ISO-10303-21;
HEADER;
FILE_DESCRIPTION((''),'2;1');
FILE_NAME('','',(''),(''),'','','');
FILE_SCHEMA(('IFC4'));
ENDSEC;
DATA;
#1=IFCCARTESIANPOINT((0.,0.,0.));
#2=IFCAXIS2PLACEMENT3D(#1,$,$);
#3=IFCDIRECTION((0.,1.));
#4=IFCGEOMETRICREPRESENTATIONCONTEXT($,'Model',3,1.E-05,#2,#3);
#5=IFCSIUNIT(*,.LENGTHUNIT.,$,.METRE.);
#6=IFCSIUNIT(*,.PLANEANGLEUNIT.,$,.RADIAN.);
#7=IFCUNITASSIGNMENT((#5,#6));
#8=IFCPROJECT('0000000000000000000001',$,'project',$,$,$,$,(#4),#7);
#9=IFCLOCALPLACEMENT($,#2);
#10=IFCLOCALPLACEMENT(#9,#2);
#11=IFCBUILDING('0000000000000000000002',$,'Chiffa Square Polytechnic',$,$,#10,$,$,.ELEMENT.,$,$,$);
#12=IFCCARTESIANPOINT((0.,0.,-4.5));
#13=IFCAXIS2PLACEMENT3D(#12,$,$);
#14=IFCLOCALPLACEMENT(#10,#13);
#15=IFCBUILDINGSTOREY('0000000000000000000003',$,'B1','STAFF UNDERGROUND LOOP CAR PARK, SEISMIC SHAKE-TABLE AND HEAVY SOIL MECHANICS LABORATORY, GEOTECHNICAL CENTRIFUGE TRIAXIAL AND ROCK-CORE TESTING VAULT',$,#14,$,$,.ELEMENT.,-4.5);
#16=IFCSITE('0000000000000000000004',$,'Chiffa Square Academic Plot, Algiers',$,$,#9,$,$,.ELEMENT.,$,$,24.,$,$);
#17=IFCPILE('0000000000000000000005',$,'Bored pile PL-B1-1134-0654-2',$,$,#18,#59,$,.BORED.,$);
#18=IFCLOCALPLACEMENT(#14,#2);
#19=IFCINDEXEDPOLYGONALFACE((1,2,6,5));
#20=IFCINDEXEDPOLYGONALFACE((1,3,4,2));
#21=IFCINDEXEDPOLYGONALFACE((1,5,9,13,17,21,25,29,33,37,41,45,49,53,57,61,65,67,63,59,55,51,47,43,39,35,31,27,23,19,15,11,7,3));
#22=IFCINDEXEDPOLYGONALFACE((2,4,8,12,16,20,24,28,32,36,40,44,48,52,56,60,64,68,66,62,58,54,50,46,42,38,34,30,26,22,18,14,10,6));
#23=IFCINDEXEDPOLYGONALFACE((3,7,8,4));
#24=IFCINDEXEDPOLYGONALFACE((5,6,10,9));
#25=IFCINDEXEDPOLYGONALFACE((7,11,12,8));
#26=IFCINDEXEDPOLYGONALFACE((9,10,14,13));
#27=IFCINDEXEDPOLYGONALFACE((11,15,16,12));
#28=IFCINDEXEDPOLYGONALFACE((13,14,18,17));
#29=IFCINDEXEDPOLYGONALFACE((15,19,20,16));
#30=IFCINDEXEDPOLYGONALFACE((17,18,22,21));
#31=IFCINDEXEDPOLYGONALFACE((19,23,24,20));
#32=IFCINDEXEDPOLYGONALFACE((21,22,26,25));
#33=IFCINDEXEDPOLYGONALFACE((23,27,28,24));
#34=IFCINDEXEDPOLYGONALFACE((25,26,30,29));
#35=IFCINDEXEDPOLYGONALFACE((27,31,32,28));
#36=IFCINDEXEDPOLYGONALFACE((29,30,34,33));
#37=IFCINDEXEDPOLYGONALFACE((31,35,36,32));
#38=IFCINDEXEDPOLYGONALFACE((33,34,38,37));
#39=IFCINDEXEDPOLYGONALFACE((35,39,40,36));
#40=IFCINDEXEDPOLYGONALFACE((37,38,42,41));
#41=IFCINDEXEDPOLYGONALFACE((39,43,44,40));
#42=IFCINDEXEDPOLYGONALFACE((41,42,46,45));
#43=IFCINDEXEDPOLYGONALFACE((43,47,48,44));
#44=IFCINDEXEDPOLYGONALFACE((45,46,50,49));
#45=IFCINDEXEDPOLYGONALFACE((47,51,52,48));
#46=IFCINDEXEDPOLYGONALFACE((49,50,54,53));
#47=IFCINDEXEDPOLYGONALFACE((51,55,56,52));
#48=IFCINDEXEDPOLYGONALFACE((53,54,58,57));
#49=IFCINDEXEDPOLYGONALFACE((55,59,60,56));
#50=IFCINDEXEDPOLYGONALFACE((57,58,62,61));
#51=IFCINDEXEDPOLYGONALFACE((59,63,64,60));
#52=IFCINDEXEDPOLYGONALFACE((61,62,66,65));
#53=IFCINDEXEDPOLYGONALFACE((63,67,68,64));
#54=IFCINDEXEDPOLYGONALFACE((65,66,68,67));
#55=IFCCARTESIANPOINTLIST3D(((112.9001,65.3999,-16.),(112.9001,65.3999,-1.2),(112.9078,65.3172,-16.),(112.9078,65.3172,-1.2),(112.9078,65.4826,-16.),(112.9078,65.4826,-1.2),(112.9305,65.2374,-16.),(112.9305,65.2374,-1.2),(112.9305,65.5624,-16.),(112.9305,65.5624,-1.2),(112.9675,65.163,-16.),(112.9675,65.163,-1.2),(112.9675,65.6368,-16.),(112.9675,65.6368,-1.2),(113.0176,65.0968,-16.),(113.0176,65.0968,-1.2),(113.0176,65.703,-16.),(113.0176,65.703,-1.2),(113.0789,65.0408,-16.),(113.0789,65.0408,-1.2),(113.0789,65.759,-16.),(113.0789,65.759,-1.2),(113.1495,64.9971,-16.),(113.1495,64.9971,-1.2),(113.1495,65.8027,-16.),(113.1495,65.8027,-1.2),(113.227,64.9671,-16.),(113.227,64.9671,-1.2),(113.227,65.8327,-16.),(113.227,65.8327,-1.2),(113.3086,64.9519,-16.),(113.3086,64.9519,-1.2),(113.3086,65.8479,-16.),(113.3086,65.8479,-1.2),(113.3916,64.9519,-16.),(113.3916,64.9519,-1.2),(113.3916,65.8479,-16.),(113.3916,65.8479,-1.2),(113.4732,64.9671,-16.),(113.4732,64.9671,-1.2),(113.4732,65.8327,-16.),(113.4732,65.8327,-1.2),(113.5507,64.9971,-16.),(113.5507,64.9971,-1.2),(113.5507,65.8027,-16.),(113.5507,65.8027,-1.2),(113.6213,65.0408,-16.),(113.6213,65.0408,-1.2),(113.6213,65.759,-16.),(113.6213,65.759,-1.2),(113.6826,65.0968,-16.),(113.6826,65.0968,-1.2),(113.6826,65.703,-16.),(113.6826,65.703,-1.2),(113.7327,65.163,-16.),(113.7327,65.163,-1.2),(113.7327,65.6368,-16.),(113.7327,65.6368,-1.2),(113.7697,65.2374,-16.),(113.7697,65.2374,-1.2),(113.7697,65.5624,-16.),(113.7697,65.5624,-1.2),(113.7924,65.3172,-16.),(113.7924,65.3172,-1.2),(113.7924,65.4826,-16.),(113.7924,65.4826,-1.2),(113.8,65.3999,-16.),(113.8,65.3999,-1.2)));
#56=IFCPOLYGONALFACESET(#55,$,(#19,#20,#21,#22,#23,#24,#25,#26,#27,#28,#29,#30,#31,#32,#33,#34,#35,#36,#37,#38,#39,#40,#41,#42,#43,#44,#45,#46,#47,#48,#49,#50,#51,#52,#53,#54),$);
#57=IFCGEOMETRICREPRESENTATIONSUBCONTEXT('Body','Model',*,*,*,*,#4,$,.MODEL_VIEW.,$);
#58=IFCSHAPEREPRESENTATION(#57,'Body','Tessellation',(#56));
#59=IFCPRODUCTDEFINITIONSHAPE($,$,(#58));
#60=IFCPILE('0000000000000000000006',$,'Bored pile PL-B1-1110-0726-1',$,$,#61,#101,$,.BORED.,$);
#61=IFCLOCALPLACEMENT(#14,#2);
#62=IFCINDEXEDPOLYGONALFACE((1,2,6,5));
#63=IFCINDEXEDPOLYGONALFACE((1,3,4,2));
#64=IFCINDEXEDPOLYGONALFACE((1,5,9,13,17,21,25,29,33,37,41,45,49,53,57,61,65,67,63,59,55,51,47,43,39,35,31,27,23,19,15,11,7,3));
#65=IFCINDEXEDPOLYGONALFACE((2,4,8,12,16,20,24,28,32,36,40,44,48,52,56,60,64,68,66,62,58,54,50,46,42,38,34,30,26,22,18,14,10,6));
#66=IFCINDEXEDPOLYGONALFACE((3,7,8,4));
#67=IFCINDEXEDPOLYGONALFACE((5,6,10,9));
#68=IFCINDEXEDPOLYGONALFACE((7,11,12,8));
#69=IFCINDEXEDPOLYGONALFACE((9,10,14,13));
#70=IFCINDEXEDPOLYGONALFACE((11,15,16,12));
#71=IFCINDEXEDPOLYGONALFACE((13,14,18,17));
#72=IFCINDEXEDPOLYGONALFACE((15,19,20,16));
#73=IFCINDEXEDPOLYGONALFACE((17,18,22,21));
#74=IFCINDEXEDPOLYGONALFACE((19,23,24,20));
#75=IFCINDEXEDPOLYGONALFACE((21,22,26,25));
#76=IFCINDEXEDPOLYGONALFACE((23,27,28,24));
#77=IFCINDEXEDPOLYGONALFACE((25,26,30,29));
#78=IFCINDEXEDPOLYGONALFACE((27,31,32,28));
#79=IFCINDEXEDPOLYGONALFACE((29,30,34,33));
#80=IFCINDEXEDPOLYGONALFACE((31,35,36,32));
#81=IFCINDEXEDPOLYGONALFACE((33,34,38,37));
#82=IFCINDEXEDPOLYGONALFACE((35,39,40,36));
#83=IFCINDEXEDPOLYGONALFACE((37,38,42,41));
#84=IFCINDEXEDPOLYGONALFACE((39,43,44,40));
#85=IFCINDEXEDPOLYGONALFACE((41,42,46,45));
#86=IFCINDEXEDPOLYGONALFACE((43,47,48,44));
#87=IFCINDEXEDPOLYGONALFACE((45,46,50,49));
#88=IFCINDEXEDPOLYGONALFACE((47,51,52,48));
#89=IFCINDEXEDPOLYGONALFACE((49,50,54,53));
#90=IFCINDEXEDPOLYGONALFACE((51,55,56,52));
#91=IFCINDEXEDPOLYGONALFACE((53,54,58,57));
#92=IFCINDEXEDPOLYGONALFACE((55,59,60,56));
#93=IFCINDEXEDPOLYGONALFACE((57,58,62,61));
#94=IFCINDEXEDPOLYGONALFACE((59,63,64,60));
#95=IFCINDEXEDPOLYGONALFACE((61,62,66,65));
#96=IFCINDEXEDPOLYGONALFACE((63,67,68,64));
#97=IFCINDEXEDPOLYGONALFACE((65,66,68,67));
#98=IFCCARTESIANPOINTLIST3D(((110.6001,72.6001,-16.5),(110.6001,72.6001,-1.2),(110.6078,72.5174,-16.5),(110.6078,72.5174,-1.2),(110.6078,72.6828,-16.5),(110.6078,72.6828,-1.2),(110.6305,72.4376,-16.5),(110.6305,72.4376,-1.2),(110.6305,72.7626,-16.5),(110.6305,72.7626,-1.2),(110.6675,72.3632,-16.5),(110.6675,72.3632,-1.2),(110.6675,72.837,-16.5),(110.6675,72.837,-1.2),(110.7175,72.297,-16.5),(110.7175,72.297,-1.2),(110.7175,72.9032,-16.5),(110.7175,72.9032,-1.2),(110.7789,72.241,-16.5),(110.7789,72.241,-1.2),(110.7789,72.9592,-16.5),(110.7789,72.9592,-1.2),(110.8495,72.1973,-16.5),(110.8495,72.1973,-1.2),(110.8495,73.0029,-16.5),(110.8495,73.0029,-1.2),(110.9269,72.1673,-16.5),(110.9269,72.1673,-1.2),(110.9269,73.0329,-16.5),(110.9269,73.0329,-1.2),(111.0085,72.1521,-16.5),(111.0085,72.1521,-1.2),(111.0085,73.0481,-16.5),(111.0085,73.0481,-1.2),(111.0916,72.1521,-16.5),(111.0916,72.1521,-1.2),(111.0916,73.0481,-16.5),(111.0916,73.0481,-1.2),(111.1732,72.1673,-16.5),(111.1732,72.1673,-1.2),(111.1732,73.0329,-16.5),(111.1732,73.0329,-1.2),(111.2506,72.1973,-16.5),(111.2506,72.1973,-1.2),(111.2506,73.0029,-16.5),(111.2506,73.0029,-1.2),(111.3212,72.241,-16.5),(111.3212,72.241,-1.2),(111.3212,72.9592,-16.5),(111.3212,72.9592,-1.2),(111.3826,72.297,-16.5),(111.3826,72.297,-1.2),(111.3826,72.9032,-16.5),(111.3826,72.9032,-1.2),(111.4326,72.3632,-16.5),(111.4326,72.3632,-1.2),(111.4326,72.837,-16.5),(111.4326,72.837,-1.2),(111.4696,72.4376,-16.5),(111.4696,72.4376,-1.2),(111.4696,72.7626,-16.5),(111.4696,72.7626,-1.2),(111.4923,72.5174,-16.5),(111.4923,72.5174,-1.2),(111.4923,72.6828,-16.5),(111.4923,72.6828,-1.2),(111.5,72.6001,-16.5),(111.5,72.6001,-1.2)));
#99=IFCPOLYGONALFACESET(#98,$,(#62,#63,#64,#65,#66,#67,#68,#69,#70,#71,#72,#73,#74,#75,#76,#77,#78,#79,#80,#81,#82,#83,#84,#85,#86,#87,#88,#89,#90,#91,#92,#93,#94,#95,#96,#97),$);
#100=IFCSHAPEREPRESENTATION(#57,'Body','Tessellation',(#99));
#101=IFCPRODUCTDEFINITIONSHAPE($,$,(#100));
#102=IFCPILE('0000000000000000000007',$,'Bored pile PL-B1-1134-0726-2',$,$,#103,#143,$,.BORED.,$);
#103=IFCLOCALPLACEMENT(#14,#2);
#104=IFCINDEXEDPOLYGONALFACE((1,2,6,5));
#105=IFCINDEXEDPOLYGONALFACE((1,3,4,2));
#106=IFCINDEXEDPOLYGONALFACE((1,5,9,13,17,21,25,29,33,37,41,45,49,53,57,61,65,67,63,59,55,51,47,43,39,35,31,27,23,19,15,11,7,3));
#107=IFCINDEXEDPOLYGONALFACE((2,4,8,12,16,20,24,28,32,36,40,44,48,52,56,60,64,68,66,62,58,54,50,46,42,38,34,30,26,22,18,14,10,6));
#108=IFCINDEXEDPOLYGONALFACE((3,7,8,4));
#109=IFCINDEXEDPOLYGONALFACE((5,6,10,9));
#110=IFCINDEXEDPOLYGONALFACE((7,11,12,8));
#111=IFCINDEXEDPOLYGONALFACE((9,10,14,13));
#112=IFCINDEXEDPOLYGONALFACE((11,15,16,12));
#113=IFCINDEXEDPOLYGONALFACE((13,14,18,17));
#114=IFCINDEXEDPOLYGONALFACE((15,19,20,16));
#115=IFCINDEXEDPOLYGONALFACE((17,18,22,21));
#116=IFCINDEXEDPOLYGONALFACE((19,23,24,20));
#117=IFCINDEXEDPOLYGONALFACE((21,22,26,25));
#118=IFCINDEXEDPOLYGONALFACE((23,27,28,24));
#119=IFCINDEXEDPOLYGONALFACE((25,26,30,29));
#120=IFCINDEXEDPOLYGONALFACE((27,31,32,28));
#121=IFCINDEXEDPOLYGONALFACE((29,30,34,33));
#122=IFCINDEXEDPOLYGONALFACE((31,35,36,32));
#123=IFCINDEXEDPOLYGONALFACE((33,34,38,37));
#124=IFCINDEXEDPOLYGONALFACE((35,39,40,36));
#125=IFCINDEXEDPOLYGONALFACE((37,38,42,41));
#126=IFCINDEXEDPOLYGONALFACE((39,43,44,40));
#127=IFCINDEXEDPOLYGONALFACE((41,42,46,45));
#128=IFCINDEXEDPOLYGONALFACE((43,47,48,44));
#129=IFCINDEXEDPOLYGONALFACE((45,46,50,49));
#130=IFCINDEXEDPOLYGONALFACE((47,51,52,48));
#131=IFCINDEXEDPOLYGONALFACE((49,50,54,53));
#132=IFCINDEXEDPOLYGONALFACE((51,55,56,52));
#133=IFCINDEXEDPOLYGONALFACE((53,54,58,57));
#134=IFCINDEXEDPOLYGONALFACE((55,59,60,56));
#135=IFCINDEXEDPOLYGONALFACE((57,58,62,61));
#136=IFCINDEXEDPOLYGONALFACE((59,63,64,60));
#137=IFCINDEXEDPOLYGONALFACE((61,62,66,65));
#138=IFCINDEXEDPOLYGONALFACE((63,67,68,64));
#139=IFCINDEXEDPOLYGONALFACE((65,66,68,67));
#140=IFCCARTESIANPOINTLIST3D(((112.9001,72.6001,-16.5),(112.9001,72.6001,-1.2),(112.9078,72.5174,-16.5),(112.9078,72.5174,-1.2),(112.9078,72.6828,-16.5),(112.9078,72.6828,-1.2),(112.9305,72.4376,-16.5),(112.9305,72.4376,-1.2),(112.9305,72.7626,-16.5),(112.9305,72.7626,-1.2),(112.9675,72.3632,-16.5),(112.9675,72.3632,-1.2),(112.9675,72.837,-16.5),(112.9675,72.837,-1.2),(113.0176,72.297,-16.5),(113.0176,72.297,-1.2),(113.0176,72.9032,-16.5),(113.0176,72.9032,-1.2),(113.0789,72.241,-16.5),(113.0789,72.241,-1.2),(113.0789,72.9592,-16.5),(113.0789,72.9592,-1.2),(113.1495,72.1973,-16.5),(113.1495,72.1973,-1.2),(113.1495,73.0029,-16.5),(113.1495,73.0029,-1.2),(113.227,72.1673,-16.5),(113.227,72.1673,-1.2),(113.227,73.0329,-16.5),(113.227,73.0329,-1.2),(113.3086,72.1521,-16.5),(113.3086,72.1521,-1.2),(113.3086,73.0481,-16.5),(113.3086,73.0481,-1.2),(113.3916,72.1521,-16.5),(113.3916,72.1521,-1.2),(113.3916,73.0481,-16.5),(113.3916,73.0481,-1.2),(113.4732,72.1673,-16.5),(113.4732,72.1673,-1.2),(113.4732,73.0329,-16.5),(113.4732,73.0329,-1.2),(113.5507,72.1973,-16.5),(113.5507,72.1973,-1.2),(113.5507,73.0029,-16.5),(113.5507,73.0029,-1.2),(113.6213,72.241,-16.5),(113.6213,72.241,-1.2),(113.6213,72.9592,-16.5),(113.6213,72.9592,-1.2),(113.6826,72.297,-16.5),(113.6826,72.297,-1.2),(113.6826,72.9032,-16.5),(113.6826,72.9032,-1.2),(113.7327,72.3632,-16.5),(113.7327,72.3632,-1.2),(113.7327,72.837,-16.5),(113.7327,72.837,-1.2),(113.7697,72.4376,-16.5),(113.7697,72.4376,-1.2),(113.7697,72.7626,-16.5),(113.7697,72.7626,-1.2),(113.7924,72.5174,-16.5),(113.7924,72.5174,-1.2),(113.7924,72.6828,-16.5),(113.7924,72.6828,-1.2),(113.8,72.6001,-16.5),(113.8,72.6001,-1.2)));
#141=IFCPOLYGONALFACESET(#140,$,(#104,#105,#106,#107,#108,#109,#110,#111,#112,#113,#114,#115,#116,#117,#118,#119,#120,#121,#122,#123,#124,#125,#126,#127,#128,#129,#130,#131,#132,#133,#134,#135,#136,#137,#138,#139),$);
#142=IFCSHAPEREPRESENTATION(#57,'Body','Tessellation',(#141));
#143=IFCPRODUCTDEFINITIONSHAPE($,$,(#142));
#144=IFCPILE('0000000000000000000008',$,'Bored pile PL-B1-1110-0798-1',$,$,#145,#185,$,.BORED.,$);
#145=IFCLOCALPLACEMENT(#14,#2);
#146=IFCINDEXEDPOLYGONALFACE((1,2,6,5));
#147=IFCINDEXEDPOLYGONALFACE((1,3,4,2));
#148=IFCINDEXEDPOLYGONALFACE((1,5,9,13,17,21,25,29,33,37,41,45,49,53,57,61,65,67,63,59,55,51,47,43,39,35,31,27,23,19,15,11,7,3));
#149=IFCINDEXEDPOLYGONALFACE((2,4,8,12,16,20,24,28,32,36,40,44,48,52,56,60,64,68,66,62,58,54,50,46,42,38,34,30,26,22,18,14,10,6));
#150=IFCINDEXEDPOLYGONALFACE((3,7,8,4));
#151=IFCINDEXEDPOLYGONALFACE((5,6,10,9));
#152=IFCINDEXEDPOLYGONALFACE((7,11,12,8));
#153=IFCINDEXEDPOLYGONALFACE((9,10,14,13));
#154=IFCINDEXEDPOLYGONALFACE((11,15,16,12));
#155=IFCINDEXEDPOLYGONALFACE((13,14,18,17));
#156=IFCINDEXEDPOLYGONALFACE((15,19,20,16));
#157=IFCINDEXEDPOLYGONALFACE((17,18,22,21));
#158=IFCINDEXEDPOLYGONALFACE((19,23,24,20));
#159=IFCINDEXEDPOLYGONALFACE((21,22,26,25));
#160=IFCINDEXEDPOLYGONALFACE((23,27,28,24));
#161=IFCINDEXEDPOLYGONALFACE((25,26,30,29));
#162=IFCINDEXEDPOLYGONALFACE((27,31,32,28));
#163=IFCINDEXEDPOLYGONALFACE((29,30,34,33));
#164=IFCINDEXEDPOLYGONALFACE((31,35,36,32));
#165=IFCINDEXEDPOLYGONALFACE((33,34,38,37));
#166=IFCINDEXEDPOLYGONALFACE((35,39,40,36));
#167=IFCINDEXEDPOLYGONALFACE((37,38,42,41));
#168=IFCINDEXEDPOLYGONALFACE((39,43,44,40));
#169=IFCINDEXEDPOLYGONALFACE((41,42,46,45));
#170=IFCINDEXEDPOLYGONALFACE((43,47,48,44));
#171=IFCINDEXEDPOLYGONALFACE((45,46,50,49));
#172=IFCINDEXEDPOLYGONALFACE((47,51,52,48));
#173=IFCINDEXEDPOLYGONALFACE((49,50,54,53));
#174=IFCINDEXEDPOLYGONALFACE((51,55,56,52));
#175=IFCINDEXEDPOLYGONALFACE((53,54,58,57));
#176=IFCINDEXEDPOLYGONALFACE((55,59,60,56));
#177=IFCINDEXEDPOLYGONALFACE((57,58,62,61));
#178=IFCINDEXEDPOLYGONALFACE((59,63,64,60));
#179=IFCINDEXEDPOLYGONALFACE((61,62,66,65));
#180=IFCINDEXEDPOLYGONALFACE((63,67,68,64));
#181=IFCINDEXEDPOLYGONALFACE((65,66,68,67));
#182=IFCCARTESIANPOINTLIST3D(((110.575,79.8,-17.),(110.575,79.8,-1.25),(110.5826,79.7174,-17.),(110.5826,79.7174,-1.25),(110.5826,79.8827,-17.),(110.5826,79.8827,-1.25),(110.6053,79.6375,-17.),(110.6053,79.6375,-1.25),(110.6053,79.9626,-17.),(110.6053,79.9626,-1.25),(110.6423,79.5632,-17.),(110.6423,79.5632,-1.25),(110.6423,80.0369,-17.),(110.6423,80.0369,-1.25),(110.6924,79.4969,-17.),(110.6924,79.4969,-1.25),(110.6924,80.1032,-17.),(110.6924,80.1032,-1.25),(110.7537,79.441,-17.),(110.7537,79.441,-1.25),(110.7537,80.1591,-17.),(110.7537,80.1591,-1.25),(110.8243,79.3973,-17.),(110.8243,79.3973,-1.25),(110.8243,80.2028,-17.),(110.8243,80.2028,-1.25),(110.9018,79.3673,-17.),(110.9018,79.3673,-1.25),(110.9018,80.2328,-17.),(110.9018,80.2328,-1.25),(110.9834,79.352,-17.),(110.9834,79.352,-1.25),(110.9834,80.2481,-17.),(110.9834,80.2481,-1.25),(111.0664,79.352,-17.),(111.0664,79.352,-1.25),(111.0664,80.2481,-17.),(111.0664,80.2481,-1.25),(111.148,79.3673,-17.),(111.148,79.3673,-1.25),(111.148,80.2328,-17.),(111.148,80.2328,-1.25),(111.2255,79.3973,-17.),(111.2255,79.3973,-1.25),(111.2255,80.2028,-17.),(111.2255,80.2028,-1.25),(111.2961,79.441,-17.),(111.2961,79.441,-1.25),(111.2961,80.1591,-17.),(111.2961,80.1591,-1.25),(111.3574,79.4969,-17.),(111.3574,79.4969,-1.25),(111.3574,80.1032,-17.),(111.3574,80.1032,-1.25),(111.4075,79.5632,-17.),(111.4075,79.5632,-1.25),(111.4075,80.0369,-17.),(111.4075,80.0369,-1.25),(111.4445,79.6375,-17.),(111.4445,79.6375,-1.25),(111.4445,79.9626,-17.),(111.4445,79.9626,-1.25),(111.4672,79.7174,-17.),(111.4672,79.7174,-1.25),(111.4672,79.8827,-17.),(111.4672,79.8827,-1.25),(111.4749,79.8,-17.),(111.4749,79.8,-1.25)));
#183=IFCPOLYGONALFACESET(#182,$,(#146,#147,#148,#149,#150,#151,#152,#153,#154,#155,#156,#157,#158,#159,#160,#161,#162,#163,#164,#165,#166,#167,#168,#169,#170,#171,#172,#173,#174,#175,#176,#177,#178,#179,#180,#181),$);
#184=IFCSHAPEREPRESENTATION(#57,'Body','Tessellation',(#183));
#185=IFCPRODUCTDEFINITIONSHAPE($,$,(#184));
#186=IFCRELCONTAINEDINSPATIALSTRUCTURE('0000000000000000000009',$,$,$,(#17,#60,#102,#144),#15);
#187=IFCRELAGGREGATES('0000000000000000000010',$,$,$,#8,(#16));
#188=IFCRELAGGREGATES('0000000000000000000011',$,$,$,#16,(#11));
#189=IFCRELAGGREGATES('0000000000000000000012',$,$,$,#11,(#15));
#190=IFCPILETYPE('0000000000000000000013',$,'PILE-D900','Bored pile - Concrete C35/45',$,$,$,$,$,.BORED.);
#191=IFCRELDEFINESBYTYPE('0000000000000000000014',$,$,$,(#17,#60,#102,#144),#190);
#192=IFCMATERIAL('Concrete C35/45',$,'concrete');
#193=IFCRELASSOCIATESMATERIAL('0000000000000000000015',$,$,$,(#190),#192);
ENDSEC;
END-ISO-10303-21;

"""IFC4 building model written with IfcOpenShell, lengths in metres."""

from ifc_helpers import new_model, si_unit, direction, frame, origin, origin_2d, place, context, subcontext, project, spatial, circle, extrude, material, material_profile, profile_set, type_object, element, save


model = new_model("IFC4")

# Units and contexts
model_context = context("Model", 3, precision=1e-05, world=origin(), true_north=direction((0.0, 1.0)))
body_context = subcontext(model_context, "Body", "Model", "MODEL_VIEW")
ifc_project = project(units=[si_unit("LENGTHUNIT", "METRE"), si_unit("PLANEANGLEUNIT", "RADIAN")], contexts=[model_context])

# Site, building, storey
site_placement = place(None, origin())
site = spatial("IfcSite", under=ifc_project, at=site_placement, Name="Chiffa Square Academic Plot, Algiers", CompositionType="ELEMENT", RefElevation=24.0)
building_placement = place(site_placement, origin())
building = spatial("IfcBuilding", under=site, at=building_placement, Name="Chiffa Square Polytechnic", CompositionType="ELEMENT")
storey_placement = place(building_placement, frame((0.0, 0.0, -4.5)))
storey = spatial("IfcBuildingStorey", under=building, at=storey_placement, Name="B1", Description="STAFF UNDERGROUND LOOP CAR PARK, SEISMIC SHAKE-TABLE AND HEAVY SOIL MECHANICS LABORATORY, GEOTECHNICAL CENTRIFUGE TRIAXIAL AND ROCK-CORE TESTING VAULT", CompositionType="ELEMENT", Elevation=-4.5)

# Shared definitions
ifc_material = material(Name="Concrete C35/45", Category="concrete")

# Piles
ifc_material_profile_1 = material_profile(ifc_material, circle(Radius=0.45, at=origin_2d()), Name="PILE D900")
ifc_profile_set_1 = profile_set([ifc_material_profile_1], Name="Concrete C35/45")
pile_type_1 = type_object("IfcPileType", Name="PILE-D900", Description="Bored pile - Concrete C35/45", PredefinedType="BORED", material=ifc_profile_set_1)
for number, where, z_axis, x_axis, name in (
    (1, (113.3501, 65.3999, -1.2), (0.0, 0.0, -1.0), (1.0, 0.0, 0.0), "Bored pile PL-B1-1134-0654-2"),
):
    element("IfcPile", number, at=place(storey_placement, frame(where, z_axis=z_axis, x_axis=x_axis)), inside=storey, type_object=pile_type_1, Name=name, PredefinedType="BORED", context=body_context, shape_type="SweptSolid", body=[
        extrude(circle(Radius=0.45, at=origin_2d()), origin(), (0.0, 0.0, 1.0), 14.8),
    ])
for number, where, z_axis, x_axis, name in (
    (2, (111.05, 72.6001, -1.2), (0.0, 0.0, -1.0), (1.0, 0.0, 0.0), "Bored pile PL-B1-1110-0726-1"),
    (3, (113.3501, 72.6001, -1.2), (0.0, 0.0, -1.0), (1.0, 0.0, 0.0), "Bored pile PL-B1-1134-0726-2"),
):
    element("IfcPile", number, at=place(storey_placement, frame(where, z_axis=z_axis, x_axis=x_axis)), inside=storey, type_object=pile_type_1, Name=name, PredefinedType="BORED", context=body_context, shape_type="SweptSolid", body=[
        extrude(circle(Radius=0.45, at=origin_2d()), origin(), (0.0, 0.0, 1.0), 15.3),
    ])
for number, where, z_axis, x_axis, name in (
    (4, (111.0249, 79.8, -1.25), (0.0, 0.0, -1.0), (1.0, 0.0, 0.0), "Bored pile PL-B1-1110-0798-1"),
):
    element("IfcPile", number, at=place(storey_placement, frame(where, z_axis=z_axis, x_axis=x_axis)), inside=storey, type_object=pile_type_1, Name=name, PredefinedType="BORED", context=body_context, shape_type="SweptSolid", body=[
        extrude(circle(Radius=0.45, at=origin_2d()), origin(), (0.0, 0.0, 1.0), 15.75),
    ])

save(model, "model.ifc")
